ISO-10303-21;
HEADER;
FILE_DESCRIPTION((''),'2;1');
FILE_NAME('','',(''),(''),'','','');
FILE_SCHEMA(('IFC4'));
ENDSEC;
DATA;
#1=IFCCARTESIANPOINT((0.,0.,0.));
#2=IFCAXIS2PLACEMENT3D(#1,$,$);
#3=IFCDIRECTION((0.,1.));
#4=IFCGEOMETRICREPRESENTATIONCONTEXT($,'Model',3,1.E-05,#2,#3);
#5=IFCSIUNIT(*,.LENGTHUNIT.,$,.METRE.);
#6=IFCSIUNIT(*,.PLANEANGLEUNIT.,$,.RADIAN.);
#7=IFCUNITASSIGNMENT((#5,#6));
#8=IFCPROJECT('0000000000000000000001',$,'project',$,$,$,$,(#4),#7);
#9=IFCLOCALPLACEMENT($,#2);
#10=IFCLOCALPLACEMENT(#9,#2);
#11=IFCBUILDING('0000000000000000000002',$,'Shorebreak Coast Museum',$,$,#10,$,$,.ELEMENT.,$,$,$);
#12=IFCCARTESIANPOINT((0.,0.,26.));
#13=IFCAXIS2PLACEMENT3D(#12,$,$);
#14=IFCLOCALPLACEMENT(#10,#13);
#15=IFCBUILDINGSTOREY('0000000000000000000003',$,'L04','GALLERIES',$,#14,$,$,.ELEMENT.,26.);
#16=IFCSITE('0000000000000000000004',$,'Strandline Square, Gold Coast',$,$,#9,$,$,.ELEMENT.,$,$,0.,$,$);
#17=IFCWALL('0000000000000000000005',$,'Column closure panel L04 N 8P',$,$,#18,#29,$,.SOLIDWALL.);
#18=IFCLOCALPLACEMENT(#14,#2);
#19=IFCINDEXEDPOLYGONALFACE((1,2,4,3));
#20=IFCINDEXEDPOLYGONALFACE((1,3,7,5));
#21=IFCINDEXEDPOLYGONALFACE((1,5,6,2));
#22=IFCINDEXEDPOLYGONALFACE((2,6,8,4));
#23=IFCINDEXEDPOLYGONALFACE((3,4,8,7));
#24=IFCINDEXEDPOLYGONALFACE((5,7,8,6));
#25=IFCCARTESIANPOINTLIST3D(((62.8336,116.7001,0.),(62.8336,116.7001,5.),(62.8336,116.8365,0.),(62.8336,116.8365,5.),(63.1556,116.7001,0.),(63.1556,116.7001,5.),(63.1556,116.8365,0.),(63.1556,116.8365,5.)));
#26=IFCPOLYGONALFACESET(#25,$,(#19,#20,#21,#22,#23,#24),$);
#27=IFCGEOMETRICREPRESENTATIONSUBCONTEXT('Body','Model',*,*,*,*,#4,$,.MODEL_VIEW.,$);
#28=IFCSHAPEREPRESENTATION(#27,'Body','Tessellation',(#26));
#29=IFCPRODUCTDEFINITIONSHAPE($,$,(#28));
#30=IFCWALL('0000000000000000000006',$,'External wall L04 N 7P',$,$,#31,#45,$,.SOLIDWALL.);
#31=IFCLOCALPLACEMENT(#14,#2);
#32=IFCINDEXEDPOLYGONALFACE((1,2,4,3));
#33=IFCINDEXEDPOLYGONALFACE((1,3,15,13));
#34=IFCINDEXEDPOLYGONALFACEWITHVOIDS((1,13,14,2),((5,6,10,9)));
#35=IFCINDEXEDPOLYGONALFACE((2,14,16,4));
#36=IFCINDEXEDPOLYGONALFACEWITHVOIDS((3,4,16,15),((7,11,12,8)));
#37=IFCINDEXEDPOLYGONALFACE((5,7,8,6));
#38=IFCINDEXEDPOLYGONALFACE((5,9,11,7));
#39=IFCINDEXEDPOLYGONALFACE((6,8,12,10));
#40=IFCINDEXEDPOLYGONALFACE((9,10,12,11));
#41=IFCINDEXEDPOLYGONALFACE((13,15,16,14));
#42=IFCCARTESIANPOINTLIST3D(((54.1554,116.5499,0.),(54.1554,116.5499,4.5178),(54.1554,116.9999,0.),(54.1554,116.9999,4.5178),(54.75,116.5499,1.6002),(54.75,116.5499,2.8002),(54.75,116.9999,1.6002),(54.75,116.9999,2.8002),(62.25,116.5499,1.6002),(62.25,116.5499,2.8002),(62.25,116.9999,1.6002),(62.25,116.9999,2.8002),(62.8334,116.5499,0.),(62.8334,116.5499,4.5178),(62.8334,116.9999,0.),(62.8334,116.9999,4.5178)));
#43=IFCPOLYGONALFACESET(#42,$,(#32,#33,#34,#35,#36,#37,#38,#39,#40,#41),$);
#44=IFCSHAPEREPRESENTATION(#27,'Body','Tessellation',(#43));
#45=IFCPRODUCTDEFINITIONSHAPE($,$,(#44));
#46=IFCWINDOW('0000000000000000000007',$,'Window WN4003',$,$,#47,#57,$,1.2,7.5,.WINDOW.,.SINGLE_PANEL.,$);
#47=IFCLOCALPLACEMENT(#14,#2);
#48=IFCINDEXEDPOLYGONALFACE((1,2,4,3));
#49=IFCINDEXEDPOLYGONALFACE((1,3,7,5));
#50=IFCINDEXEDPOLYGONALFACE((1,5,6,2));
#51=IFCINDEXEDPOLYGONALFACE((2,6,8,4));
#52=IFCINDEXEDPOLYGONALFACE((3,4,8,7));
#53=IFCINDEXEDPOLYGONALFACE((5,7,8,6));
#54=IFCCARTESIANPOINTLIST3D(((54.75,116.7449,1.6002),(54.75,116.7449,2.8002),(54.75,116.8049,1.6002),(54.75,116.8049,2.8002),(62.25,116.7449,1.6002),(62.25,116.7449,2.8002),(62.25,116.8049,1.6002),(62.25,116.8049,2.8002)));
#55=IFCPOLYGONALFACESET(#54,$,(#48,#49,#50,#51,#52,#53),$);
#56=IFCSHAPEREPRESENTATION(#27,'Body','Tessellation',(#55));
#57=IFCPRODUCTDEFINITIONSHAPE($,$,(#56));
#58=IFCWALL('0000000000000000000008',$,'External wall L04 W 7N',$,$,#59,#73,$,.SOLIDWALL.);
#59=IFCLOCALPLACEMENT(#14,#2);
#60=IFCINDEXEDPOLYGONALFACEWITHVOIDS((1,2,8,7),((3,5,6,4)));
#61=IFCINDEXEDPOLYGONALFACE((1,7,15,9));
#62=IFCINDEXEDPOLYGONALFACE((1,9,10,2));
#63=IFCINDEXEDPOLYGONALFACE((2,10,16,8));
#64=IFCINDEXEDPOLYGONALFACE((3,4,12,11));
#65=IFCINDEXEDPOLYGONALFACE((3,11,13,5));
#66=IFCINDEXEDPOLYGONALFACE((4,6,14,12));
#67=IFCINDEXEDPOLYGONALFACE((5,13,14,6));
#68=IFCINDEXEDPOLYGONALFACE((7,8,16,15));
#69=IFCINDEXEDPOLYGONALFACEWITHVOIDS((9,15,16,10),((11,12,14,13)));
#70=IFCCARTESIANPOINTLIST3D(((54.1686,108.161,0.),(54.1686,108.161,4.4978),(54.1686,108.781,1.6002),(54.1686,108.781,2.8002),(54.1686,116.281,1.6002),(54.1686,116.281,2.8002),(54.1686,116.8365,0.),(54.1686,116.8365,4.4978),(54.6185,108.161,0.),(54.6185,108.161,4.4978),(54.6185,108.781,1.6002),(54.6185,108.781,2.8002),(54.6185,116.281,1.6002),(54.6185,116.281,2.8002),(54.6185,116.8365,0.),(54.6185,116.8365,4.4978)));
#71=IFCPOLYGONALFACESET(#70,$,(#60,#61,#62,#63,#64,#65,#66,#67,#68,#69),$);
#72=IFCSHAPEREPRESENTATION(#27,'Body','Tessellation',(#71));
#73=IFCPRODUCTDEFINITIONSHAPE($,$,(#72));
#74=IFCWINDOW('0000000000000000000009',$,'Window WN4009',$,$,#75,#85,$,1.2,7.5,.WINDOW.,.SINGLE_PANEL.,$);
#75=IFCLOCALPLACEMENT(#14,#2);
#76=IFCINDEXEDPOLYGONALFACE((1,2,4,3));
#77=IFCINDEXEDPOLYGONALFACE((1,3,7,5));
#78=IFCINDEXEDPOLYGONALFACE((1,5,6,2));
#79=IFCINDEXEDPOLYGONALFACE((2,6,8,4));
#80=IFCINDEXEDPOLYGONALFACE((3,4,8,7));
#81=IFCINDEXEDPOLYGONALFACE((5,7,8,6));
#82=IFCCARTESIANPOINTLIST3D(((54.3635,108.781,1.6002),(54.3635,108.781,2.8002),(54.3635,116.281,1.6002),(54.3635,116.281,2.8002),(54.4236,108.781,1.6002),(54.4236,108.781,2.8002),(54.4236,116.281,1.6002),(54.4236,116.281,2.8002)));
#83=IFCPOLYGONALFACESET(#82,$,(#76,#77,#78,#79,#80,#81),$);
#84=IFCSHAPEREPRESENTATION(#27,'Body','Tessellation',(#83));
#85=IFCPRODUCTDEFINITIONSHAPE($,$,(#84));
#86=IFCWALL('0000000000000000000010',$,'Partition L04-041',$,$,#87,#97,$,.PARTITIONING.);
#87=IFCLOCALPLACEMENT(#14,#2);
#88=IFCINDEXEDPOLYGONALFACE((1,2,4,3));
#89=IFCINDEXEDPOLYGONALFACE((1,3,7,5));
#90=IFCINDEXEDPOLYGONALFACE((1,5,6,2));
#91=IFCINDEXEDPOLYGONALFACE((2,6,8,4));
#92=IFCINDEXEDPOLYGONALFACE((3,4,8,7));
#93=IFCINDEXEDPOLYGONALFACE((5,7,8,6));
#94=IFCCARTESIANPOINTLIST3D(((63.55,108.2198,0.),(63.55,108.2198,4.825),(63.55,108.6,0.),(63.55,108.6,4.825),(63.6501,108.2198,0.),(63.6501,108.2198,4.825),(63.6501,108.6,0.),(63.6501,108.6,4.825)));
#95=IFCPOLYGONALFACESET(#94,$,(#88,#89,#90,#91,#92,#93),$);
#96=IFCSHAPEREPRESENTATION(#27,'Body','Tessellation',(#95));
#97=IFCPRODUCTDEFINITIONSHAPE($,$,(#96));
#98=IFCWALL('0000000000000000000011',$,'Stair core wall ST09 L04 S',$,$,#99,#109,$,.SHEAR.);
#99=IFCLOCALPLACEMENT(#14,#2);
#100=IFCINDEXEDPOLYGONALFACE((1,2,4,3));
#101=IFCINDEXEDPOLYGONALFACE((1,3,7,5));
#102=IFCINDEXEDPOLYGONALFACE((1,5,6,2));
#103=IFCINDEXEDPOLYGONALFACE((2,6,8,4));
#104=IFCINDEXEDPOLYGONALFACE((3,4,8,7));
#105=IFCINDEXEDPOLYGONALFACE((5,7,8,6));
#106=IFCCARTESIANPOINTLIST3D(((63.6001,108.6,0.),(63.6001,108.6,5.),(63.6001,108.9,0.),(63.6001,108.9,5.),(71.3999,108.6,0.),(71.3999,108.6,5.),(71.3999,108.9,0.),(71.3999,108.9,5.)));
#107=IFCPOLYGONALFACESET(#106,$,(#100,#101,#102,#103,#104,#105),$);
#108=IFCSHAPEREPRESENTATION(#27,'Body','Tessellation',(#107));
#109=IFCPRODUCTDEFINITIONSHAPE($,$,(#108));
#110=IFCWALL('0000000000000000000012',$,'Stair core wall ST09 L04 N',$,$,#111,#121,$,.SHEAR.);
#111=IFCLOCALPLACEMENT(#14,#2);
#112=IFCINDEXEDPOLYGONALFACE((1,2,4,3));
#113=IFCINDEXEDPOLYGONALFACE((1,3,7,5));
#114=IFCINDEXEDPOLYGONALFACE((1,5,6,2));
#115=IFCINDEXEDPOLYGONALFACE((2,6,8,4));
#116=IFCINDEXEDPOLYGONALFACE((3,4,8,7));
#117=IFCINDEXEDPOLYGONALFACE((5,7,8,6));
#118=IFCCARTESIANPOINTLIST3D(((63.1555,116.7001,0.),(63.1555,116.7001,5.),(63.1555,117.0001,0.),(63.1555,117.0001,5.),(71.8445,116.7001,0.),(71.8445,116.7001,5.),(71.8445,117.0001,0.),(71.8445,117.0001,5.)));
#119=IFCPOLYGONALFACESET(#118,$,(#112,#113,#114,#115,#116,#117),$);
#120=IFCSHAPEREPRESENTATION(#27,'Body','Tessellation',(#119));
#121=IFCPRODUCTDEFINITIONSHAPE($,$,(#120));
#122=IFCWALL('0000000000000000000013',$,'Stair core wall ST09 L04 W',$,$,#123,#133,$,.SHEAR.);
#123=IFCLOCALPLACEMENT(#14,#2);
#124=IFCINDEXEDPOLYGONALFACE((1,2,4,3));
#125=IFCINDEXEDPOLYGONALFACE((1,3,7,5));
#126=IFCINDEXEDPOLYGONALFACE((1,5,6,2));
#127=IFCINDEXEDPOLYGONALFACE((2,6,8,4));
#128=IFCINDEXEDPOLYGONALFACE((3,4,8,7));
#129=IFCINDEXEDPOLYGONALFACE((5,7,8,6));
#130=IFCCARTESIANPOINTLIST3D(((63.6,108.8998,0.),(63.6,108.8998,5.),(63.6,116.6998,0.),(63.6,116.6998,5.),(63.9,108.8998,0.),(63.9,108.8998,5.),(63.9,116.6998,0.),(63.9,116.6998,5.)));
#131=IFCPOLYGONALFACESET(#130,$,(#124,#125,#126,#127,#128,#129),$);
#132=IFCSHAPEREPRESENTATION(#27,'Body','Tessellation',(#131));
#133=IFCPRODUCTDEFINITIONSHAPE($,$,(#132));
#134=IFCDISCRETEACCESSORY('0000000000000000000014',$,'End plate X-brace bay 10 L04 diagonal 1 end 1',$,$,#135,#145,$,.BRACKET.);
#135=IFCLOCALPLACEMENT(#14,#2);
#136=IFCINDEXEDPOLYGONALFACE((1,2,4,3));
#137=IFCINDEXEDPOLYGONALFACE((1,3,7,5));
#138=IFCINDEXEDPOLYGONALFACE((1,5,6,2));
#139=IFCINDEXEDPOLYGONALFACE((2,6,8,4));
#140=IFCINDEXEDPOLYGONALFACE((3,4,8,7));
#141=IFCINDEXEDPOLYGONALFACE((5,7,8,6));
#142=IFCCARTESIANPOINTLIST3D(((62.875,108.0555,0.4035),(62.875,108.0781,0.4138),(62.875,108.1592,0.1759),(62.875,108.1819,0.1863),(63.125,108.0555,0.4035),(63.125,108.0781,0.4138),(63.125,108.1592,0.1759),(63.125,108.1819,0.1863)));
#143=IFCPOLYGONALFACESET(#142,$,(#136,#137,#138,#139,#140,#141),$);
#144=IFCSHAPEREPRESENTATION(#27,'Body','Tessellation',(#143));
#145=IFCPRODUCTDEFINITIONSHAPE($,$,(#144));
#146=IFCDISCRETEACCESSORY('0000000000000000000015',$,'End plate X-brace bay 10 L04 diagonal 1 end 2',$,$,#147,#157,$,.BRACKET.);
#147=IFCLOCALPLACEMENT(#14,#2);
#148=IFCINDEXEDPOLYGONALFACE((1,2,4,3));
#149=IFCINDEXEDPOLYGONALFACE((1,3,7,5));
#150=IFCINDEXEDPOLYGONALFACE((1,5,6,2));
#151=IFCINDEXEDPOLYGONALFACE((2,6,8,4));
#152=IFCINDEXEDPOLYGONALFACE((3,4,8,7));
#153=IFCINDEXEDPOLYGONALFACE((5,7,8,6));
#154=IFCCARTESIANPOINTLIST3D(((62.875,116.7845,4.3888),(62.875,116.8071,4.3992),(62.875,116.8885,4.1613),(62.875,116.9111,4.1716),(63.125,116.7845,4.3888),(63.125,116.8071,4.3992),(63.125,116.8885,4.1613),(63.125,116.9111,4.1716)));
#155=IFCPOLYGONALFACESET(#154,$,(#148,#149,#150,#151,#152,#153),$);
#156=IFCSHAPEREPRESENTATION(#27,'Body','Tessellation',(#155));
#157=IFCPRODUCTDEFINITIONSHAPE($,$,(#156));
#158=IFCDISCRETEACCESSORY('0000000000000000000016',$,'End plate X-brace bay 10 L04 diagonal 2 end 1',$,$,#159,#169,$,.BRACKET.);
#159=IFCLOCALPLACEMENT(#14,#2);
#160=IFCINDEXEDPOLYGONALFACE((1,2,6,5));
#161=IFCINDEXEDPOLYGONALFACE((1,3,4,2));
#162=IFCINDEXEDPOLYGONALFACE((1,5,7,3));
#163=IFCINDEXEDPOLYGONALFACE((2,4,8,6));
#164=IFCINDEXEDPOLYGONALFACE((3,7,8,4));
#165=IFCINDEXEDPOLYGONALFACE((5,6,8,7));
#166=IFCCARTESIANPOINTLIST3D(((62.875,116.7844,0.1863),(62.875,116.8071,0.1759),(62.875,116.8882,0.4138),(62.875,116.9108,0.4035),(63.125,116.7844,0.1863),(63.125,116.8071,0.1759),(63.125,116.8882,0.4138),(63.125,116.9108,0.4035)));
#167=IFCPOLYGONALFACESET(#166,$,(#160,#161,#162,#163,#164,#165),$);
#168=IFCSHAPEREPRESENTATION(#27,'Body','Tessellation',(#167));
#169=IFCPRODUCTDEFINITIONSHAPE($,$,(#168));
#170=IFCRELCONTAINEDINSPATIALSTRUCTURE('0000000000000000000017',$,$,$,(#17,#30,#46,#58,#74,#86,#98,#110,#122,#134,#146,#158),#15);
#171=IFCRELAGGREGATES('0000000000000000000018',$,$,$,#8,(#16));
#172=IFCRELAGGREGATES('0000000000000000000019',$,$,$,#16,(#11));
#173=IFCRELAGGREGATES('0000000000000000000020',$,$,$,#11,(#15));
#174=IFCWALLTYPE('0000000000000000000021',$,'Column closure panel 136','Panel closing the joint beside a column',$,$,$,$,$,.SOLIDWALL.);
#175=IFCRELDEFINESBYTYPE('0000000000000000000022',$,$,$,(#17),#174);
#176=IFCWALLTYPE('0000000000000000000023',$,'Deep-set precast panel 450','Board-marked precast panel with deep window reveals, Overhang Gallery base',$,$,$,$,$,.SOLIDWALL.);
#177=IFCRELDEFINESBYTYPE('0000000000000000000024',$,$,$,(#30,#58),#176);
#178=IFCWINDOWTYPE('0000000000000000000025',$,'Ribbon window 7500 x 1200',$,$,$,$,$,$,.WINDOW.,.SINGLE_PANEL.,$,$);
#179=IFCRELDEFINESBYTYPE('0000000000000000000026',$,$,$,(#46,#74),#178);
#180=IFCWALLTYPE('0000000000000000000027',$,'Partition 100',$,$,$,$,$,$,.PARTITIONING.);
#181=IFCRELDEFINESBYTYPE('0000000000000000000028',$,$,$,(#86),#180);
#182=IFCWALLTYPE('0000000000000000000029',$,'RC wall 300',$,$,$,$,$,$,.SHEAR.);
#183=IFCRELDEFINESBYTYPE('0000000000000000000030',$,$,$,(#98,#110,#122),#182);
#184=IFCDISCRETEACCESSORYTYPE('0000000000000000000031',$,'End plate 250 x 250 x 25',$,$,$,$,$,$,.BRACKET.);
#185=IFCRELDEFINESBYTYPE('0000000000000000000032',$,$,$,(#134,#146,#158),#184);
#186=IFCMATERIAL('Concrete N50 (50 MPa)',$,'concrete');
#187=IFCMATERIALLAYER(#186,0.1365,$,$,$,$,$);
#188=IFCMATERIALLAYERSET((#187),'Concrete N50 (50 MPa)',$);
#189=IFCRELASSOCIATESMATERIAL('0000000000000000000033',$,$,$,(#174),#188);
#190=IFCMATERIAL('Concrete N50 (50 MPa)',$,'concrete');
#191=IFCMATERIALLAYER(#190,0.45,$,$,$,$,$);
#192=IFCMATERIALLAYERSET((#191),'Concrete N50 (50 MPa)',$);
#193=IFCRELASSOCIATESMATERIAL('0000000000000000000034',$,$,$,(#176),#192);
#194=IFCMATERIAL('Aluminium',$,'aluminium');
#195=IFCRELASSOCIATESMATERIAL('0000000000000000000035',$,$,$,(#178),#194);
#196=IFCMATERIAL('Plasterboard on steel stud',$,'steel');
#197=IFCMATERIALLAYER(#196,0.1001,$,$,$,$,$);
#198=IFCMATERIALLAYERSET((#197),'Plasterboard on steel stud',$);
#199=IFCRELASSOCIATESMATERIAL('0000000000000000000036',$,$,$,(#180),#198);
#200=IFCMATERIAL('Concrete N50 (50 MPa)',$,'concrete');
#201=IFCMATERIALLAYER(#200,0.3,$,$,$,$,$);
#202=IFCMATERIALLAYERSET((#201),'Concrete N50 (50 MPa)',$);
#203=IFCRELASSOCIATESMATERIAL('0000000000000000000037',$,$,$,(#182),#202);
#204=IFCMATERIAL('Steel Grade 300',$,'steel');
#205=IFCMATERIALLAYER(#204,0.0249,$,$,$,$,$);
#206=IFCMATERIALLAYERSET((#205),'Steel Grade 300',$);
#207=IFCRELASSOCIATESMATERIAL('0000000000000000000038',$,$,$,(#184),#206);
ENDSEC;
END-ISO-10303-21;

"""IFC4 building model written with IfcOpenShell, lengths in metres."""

from ifc_helpers import new_model, si_unit, direction, frame, frame_2d, origin, place, context, subcontext, project, spatial, polyline, rectangle, outline, extrude, material, layer, layer_set, type_object, element, fill, save


model = new_model("IFC4")

# Units and contexts
model_context = context("Model", 3, precision=1e-05, world=origin(), true_north=direction((0.0, 1.0)))
body_context = subcontext(model_context, "Body", "Model", "MODEL_VIEW")
ifc_project = project(units=[si_unit("LENGTHUNIT", "METRE"), si_unit("PLANEANGLEUNIT", "RADIAN")], contexts=[model_context])

# Site, building, storey
site_placement = place(None, origin())
site = spatial("IfcSite", under=ifc_project, at=site_placement, Name="Strandline Square, Gold Coast", CompositionType="ELEMENT", RefElevation=0.0)
building_placement = place(site_placement, origin())
building = spatial("IfcBuilding", under=site, at=building_placement, Name="Shorebreak Coast Museum", CompositionType="ELEMENT")
storey_placement = place(building_placement, frame((0.0, 0.0, 26.0)))
storey = spatial("IfcBuildingStorey", under=building, at=storey_placement, Name="L04", Description="GALLERIES", CompositionType="ELEMENT", Elevation=26.0)

# Wall
ifc_material_1 = material(Name="Concrete N50 (50 MPa)", Category="concrete")
ifc_layer_1 = layer(ifc_material_1, 0.1365)
ifc_layer_set_1 = layer_set([ifc_layer_1], Name="Concrete N50 (50 MPa)")
wall_type_1 = type_object("IfcWallType", Name="Column closure panel 136", Description="Panel closing the joint beside a column", PredefinedType="SOLIDWALL", material=ifc_layer_set_1)
wall_1_placement = place(storey_placement, frame((62.8335, 116.7683, 0.0), z_axis=(0.0, 0.0, 1.0), x_axis=(1.0, 0.0, 0.0)))
element("IfcWall", 1, at=wall_1_placement, inside=storey, type_object=wall_type_1, Name="Column closure panel L04 N 8P", PredefinedType="SOLIDWALL", context=body_context, shape_type="SweptSolid", body=[
    extrude(rectangle(XDim=0.322, YDim=0.1365, at=frame_2d((0.1611, 0.0))), origin(), (0.0, 0.0, 1.0), 5.0),
])

# Walls, openings, windows
ifc_material_2 = material(Name="Concrete N50 (50 MPa)", Category="concrete")
ifc_layer_2 = layer(ifc_material_2, 0.45)
ifc_layer_set_2 = layer_set([ifc_layer_2], Name="Concrete N50 (50 MPa)")
wall_type_2 = type_object("IfcWallType", Name="Deep-set precast panel 450", Description="Board-marked precast panel with deep window reveals, Overhang Gallery base", PredefinedType="SOLIDWALL", material=ifc_layer_set_2)
wall_2_placement = place(storey_placement, frame((54.1555, 116.7749, 0.0), z_axis=(0.0, 0.0, 1.0), x_axis=(1.0, 0.0, 0.0)))
wall_2 = element("IfcWall", 2, at=wall_2_placement, inside=storey, type_object=wall_type_2, Name="External wall L04 N 7P", PredefinedType="SOLIDWALL", context=body_context, shape_type="SweptSolid", body=[
    extrude(rectangle(XDim=8.678, YDim=0.45, at=frame_2d((4.3389, 0.0))), origin(), (0.0, 0.0, 1.0), 4.5178),
])
opening_1_placement = place(wall_2_placement, frame((0.5945, 0.0, 1.6001)))
opening_1 = element("IfcOpeningElement", 3, at=opening_1_placement, cuts=wall_2, PredefinedType="OPENING", context=body_context, shape_type="SweptSolid", body=[
    extrude(rectangle(XDim=7.5, YDim=1.2, at=frame_2d((3.75, 0.6001))), frame((0.0, 0.2349, 0.0), z_axis=(0.0, -1.0, 0.0), x_axis=(1.0, 0.0, 0.0)), (0.0, 0.0, 1.0), 0.47),
])
ifc_material_3 = material(Name="Aluminium", Category="aluminium")
window_type = type_object("IfcWindowType", Name="Ribbon window 7500 x 1200", PartitioningType="SINGLE_PANEL", PredefinedType="WINDOW", material=ifc_material_3)
window_1_placement = place(opening_1_placement, origin())
window_1 = element("IfcWindow", 4, at=window_1_placement, inside=storey, type_object=window_type, Name="Window WN4003", OverallHeight=1.2, OverallWidth=7.5, PartitioningType="SINGLE_PANEL", PredefinedType="WINDOW", context=body_context, shape_type="SweptSolid", body=[
    extrude(rectangle(XDim=7.5, YDim=1.2, at=frame_2d((3.75, 0.6001))), frame((0.0, 0.03, 0.0), z_axis=(0.0, -1.0, 0.0), x_axis=(1.0, 0.0, 0.0)), (0.0, 0.0, 1.0), 0.0601),
])
fill(opening_1, window_1)
wall_3_placement = place(storey_placement, frame((54.3936, 108.1609, 0.0), z_axis=(0.0, 0.0, 1.0), x_axis=(0.0, 1.0, 0.0)))
wall_3 = element("IfcWall", 5, at=wall_3_placement, inside=storey, type_object=wall_type_2, Name="External wall L04 W 7N", PredefinedType="SOLIDWALL", context=body_context, shape_type="SweptSolid", body=[
    extrude(rectangle(XDim=8.6755, YDim=0.45, at=frame_2d((4.3379, 0.0))), origin(), (0.0, 0.0, 1.0), 4.4978),
])
opening_2_placement = place(wall_3_placement, frame((0.6201, 0.0, 1.6001)))
opening_2 = element("IfcOpeningElement", 6, at=opening_2_placement, cuts=wall_3, PredefinedType="OPENING", context=body_context, shape_type="SweptSolid", body=[
    extrude(rectangle(XDim=7.5, YDim=1.2, at=frame_2d((3.75, 0.6001))), frame((0.0, 0.2349, 0.0), z_axis=(0.0, -1.0, 0.0), x_axis=(1.0, 0.0, 0.0)), (0.0, 0.0, 1.0), 0.47),
])
window_2_placement = place(opening_2_placement, origin())
window_2 = element("IfcWindow", 7, at=window_2_placement, inside=storey, type_object=window_type, Name="Window WN4009", OverallHeight=1.2, OverallWidth=7.5, PartitioningType="SINGLE_PANEL", PredefinedType="WINDOW", context=body_context, shape_type="SweptSolid", body=[
    extrude(rectangle(XDim=7.5, YDim=1.2, at=frame_2d((3.75, 0.6001))), frame((0.0, 0.03, 0.0), z_axis=(0.0, -1.0, 0.0), x_axis=(1.0, 0.0, 0.0)), (0.0, 0.0, 1.0), 0.0601),
])
fill(opening_2, window_2)

# Walls
ifc_material_4 = material(Name="Plasterboard on steel stud", Category="steel")
ifc_layer_3 = layer(ifc_material_4, 0.1001)
ifc_layer_set_3 = layer_set([ifc_layer_3], Name="Plasterboard on steel stud")
wall_type_3 = type_object("IfcWallType", Name="Partition 100", PredefinedType="PARTITIONING", material=ifc_layer_set_3)
wall_4_placement = place(storey_placement, frame((63.6001, 108.22, 0.0), z_axis=(0.0, 0.0, 1.0), x_axis=(0.0, 1.0, 0.0)))
element("IfcWall", 8, at=wall_4_placement, inside=storey, type_object=wall_type_3, Name="Partition L04-041", PredefinedType="PARTITIONING", context=body_context, shape_type="SweptSolid", body=[
    extrude(rectangle(XDim=0.3801, YDim=0.1001, at=frame_2d((0.1899, 0.0))), origin(), (0.0, 0.0, 1.0), 4.825),
])
ifc_material_5 = material(Name="Concrete N50 (50 MPa)", Category="concrete")
ifc_layer_4 = layer(ifc_material_5, 0.3)
ifc_layer_set_4 = layer_set([ifc_layer_4], Name="Concrete N50 (50 MPa)")
wall_type_4 = type_object("IfcWallType", Name="RC wall 300", PredefinedType="SHEAR", material=ifc_layer_set_4)
wall_5_placement = place(storey_placement, frame((63.6001, 108.75, 0.0), z_axis=(0.0, 0.0, 1.0), x_axis=(1.0, 0.0, 0.0)))
element("IfcWall", 9, at=wall_5_placement, inside=storey, type_object=wall_type_4, Name="Stair core wall ST09 L04 S", PredefinedType="SHEAR", context=body_context, shape_type="SweptSolid", body=[
    extrude(rectangle(XDim=7.7998, YDim=0.3, at=frame_2d((3.8999, 0.0))), origin(), (0.0, 0.0, 1.0), 5.0),
])
wall_6_placement = place(storey_placement, frame((63.1555, 116.8501, 0.0), z_axis=(0.0, 0.0, 1.0), x_axis=(1.0, 0.0, 0.0)))
element("IfcWall", 10, at=wall_6_placement, inside=storey, type_object=wall_type_4, Name="Stair core wall ST09 L04 N", PredefinedType="SHEAR", context=body_context, shape_type="SweptSolid", body=[
    extrude(rectangle(XDim=8.689, YDim=0.3, at=frame_2d((4.3445, 0.0))), origin(), (0.0, 0.0, 1.0), 5.0),
])
wall_7_placement = place(storey_placement, frame((63.75, 108.8999, 0.0), z_axis=(0.0, 0.0, 1.0), x_axis=(0.0, 1.0, 0.0)))
element("IfcWall", 11, at=wall_7_placement, inside=storey, type_object=wall_type_4, Name="Stair core wall ST09 L04 W", PredefinedType="SHEAR", context=body_context, shape_type="SweptSolid", body=[
    extrude(rectangle(XDim=7.8, YDim=0.3, at=frame_2d((3.8999, 0.0))), origin(), (0.0, 0.0, 1.0), 5.0),
])

# Discrete accessories
ifc_material_6 = material(Name="Steel Grade 300", Category="steel")
ifc_layer_5 = layer(ifc_material_6, 0.0249)
ifc_layer_set_5 = layer_set([ifc_layer_5], Name="Steel Grade 300")
discrete_accessory_type = type_object("IfcDiscreteAccessoryType", Name="End plate 250 x 250 x 25", PredefinedType="BRACKET", material=ifc_layer_set_5)
discrete_accessory_1_placement = place(storey_placement, frame((63.125, 108.1819, 0.1863), z_axis=(0.0, 0.909864, 0.414906), x_axis=(-1.0, 0.0, 0.0)))
element("IfcDiscreteAccessory", 12, at=discrete_accessory_1_placement, inside=storey, type_object=discrete_accessory_type, Name="End plate X-brace bay 10 L04 diagonal 1 end 1", PredefinedType="BRACKET", context=body_context, shape_type="SweptSolid", body=[
    extrude(outline(polyline([(0.0, 0.0), (0.25, 0.0), (0.25, 0.2501), (0.0, 0.2501), (0.0, 0.0)])), origin(), (0.0, 0.0, -1.0), 0.0249),
])
discrete_accessory_2_placement = place(storey_placement, frame((63.125, 116.9111, 4.1716), z_axis=(0.0, 0.909496, 0.415714), x_axis=(-1.0, 0.0, 0.0)))
element("IfcDiscreteAccessory", 13, at=discrete_accessory_2_placement, inside=storey, type_object=discrete_accessory_type, Name="End plate X-brace bay 10 L04 diagonal 1 end 2", PredefinedType="BRACKET", context=body_context, shape_type="SweptSolid", body=[
    extrude(outline(polyline([(0.0, 0.0), (0.25, 0.0), (0.25, 0.2502), (0.0, 0.2502), (0.0, 0.0)])), origin(), (0.0, 0.0, -1.0), 0.0249),
])
discrete_accessory_3_placement = place(storey_placement, frame((62.875, 116.7844, 0.1863), z_axis=(0.0, -0.909864, 0.414906), x_axis=(1.0, 0.0, 0.0)))
element("IfcDiscreteAccessory", 14, at=discrete_accessory_3_placement, inside=storey, type_object=discrete_accessory_type, Name="End plate X-brace bay 10 L04 diagonal 2 end 1", PredefinedType="BRACKET", context=body_context, shape_type="SweptSolid", body=[
    extrude(outline(polyline([(0.0, 0.0), (0.25, 0.0), (0.25, 0.2501), (0.0, 0.2501), (0.0, 0.0)])), origin(), (0.0, 0.0, -1.0), 0.0249),
])

save(model, "model.ifc")
